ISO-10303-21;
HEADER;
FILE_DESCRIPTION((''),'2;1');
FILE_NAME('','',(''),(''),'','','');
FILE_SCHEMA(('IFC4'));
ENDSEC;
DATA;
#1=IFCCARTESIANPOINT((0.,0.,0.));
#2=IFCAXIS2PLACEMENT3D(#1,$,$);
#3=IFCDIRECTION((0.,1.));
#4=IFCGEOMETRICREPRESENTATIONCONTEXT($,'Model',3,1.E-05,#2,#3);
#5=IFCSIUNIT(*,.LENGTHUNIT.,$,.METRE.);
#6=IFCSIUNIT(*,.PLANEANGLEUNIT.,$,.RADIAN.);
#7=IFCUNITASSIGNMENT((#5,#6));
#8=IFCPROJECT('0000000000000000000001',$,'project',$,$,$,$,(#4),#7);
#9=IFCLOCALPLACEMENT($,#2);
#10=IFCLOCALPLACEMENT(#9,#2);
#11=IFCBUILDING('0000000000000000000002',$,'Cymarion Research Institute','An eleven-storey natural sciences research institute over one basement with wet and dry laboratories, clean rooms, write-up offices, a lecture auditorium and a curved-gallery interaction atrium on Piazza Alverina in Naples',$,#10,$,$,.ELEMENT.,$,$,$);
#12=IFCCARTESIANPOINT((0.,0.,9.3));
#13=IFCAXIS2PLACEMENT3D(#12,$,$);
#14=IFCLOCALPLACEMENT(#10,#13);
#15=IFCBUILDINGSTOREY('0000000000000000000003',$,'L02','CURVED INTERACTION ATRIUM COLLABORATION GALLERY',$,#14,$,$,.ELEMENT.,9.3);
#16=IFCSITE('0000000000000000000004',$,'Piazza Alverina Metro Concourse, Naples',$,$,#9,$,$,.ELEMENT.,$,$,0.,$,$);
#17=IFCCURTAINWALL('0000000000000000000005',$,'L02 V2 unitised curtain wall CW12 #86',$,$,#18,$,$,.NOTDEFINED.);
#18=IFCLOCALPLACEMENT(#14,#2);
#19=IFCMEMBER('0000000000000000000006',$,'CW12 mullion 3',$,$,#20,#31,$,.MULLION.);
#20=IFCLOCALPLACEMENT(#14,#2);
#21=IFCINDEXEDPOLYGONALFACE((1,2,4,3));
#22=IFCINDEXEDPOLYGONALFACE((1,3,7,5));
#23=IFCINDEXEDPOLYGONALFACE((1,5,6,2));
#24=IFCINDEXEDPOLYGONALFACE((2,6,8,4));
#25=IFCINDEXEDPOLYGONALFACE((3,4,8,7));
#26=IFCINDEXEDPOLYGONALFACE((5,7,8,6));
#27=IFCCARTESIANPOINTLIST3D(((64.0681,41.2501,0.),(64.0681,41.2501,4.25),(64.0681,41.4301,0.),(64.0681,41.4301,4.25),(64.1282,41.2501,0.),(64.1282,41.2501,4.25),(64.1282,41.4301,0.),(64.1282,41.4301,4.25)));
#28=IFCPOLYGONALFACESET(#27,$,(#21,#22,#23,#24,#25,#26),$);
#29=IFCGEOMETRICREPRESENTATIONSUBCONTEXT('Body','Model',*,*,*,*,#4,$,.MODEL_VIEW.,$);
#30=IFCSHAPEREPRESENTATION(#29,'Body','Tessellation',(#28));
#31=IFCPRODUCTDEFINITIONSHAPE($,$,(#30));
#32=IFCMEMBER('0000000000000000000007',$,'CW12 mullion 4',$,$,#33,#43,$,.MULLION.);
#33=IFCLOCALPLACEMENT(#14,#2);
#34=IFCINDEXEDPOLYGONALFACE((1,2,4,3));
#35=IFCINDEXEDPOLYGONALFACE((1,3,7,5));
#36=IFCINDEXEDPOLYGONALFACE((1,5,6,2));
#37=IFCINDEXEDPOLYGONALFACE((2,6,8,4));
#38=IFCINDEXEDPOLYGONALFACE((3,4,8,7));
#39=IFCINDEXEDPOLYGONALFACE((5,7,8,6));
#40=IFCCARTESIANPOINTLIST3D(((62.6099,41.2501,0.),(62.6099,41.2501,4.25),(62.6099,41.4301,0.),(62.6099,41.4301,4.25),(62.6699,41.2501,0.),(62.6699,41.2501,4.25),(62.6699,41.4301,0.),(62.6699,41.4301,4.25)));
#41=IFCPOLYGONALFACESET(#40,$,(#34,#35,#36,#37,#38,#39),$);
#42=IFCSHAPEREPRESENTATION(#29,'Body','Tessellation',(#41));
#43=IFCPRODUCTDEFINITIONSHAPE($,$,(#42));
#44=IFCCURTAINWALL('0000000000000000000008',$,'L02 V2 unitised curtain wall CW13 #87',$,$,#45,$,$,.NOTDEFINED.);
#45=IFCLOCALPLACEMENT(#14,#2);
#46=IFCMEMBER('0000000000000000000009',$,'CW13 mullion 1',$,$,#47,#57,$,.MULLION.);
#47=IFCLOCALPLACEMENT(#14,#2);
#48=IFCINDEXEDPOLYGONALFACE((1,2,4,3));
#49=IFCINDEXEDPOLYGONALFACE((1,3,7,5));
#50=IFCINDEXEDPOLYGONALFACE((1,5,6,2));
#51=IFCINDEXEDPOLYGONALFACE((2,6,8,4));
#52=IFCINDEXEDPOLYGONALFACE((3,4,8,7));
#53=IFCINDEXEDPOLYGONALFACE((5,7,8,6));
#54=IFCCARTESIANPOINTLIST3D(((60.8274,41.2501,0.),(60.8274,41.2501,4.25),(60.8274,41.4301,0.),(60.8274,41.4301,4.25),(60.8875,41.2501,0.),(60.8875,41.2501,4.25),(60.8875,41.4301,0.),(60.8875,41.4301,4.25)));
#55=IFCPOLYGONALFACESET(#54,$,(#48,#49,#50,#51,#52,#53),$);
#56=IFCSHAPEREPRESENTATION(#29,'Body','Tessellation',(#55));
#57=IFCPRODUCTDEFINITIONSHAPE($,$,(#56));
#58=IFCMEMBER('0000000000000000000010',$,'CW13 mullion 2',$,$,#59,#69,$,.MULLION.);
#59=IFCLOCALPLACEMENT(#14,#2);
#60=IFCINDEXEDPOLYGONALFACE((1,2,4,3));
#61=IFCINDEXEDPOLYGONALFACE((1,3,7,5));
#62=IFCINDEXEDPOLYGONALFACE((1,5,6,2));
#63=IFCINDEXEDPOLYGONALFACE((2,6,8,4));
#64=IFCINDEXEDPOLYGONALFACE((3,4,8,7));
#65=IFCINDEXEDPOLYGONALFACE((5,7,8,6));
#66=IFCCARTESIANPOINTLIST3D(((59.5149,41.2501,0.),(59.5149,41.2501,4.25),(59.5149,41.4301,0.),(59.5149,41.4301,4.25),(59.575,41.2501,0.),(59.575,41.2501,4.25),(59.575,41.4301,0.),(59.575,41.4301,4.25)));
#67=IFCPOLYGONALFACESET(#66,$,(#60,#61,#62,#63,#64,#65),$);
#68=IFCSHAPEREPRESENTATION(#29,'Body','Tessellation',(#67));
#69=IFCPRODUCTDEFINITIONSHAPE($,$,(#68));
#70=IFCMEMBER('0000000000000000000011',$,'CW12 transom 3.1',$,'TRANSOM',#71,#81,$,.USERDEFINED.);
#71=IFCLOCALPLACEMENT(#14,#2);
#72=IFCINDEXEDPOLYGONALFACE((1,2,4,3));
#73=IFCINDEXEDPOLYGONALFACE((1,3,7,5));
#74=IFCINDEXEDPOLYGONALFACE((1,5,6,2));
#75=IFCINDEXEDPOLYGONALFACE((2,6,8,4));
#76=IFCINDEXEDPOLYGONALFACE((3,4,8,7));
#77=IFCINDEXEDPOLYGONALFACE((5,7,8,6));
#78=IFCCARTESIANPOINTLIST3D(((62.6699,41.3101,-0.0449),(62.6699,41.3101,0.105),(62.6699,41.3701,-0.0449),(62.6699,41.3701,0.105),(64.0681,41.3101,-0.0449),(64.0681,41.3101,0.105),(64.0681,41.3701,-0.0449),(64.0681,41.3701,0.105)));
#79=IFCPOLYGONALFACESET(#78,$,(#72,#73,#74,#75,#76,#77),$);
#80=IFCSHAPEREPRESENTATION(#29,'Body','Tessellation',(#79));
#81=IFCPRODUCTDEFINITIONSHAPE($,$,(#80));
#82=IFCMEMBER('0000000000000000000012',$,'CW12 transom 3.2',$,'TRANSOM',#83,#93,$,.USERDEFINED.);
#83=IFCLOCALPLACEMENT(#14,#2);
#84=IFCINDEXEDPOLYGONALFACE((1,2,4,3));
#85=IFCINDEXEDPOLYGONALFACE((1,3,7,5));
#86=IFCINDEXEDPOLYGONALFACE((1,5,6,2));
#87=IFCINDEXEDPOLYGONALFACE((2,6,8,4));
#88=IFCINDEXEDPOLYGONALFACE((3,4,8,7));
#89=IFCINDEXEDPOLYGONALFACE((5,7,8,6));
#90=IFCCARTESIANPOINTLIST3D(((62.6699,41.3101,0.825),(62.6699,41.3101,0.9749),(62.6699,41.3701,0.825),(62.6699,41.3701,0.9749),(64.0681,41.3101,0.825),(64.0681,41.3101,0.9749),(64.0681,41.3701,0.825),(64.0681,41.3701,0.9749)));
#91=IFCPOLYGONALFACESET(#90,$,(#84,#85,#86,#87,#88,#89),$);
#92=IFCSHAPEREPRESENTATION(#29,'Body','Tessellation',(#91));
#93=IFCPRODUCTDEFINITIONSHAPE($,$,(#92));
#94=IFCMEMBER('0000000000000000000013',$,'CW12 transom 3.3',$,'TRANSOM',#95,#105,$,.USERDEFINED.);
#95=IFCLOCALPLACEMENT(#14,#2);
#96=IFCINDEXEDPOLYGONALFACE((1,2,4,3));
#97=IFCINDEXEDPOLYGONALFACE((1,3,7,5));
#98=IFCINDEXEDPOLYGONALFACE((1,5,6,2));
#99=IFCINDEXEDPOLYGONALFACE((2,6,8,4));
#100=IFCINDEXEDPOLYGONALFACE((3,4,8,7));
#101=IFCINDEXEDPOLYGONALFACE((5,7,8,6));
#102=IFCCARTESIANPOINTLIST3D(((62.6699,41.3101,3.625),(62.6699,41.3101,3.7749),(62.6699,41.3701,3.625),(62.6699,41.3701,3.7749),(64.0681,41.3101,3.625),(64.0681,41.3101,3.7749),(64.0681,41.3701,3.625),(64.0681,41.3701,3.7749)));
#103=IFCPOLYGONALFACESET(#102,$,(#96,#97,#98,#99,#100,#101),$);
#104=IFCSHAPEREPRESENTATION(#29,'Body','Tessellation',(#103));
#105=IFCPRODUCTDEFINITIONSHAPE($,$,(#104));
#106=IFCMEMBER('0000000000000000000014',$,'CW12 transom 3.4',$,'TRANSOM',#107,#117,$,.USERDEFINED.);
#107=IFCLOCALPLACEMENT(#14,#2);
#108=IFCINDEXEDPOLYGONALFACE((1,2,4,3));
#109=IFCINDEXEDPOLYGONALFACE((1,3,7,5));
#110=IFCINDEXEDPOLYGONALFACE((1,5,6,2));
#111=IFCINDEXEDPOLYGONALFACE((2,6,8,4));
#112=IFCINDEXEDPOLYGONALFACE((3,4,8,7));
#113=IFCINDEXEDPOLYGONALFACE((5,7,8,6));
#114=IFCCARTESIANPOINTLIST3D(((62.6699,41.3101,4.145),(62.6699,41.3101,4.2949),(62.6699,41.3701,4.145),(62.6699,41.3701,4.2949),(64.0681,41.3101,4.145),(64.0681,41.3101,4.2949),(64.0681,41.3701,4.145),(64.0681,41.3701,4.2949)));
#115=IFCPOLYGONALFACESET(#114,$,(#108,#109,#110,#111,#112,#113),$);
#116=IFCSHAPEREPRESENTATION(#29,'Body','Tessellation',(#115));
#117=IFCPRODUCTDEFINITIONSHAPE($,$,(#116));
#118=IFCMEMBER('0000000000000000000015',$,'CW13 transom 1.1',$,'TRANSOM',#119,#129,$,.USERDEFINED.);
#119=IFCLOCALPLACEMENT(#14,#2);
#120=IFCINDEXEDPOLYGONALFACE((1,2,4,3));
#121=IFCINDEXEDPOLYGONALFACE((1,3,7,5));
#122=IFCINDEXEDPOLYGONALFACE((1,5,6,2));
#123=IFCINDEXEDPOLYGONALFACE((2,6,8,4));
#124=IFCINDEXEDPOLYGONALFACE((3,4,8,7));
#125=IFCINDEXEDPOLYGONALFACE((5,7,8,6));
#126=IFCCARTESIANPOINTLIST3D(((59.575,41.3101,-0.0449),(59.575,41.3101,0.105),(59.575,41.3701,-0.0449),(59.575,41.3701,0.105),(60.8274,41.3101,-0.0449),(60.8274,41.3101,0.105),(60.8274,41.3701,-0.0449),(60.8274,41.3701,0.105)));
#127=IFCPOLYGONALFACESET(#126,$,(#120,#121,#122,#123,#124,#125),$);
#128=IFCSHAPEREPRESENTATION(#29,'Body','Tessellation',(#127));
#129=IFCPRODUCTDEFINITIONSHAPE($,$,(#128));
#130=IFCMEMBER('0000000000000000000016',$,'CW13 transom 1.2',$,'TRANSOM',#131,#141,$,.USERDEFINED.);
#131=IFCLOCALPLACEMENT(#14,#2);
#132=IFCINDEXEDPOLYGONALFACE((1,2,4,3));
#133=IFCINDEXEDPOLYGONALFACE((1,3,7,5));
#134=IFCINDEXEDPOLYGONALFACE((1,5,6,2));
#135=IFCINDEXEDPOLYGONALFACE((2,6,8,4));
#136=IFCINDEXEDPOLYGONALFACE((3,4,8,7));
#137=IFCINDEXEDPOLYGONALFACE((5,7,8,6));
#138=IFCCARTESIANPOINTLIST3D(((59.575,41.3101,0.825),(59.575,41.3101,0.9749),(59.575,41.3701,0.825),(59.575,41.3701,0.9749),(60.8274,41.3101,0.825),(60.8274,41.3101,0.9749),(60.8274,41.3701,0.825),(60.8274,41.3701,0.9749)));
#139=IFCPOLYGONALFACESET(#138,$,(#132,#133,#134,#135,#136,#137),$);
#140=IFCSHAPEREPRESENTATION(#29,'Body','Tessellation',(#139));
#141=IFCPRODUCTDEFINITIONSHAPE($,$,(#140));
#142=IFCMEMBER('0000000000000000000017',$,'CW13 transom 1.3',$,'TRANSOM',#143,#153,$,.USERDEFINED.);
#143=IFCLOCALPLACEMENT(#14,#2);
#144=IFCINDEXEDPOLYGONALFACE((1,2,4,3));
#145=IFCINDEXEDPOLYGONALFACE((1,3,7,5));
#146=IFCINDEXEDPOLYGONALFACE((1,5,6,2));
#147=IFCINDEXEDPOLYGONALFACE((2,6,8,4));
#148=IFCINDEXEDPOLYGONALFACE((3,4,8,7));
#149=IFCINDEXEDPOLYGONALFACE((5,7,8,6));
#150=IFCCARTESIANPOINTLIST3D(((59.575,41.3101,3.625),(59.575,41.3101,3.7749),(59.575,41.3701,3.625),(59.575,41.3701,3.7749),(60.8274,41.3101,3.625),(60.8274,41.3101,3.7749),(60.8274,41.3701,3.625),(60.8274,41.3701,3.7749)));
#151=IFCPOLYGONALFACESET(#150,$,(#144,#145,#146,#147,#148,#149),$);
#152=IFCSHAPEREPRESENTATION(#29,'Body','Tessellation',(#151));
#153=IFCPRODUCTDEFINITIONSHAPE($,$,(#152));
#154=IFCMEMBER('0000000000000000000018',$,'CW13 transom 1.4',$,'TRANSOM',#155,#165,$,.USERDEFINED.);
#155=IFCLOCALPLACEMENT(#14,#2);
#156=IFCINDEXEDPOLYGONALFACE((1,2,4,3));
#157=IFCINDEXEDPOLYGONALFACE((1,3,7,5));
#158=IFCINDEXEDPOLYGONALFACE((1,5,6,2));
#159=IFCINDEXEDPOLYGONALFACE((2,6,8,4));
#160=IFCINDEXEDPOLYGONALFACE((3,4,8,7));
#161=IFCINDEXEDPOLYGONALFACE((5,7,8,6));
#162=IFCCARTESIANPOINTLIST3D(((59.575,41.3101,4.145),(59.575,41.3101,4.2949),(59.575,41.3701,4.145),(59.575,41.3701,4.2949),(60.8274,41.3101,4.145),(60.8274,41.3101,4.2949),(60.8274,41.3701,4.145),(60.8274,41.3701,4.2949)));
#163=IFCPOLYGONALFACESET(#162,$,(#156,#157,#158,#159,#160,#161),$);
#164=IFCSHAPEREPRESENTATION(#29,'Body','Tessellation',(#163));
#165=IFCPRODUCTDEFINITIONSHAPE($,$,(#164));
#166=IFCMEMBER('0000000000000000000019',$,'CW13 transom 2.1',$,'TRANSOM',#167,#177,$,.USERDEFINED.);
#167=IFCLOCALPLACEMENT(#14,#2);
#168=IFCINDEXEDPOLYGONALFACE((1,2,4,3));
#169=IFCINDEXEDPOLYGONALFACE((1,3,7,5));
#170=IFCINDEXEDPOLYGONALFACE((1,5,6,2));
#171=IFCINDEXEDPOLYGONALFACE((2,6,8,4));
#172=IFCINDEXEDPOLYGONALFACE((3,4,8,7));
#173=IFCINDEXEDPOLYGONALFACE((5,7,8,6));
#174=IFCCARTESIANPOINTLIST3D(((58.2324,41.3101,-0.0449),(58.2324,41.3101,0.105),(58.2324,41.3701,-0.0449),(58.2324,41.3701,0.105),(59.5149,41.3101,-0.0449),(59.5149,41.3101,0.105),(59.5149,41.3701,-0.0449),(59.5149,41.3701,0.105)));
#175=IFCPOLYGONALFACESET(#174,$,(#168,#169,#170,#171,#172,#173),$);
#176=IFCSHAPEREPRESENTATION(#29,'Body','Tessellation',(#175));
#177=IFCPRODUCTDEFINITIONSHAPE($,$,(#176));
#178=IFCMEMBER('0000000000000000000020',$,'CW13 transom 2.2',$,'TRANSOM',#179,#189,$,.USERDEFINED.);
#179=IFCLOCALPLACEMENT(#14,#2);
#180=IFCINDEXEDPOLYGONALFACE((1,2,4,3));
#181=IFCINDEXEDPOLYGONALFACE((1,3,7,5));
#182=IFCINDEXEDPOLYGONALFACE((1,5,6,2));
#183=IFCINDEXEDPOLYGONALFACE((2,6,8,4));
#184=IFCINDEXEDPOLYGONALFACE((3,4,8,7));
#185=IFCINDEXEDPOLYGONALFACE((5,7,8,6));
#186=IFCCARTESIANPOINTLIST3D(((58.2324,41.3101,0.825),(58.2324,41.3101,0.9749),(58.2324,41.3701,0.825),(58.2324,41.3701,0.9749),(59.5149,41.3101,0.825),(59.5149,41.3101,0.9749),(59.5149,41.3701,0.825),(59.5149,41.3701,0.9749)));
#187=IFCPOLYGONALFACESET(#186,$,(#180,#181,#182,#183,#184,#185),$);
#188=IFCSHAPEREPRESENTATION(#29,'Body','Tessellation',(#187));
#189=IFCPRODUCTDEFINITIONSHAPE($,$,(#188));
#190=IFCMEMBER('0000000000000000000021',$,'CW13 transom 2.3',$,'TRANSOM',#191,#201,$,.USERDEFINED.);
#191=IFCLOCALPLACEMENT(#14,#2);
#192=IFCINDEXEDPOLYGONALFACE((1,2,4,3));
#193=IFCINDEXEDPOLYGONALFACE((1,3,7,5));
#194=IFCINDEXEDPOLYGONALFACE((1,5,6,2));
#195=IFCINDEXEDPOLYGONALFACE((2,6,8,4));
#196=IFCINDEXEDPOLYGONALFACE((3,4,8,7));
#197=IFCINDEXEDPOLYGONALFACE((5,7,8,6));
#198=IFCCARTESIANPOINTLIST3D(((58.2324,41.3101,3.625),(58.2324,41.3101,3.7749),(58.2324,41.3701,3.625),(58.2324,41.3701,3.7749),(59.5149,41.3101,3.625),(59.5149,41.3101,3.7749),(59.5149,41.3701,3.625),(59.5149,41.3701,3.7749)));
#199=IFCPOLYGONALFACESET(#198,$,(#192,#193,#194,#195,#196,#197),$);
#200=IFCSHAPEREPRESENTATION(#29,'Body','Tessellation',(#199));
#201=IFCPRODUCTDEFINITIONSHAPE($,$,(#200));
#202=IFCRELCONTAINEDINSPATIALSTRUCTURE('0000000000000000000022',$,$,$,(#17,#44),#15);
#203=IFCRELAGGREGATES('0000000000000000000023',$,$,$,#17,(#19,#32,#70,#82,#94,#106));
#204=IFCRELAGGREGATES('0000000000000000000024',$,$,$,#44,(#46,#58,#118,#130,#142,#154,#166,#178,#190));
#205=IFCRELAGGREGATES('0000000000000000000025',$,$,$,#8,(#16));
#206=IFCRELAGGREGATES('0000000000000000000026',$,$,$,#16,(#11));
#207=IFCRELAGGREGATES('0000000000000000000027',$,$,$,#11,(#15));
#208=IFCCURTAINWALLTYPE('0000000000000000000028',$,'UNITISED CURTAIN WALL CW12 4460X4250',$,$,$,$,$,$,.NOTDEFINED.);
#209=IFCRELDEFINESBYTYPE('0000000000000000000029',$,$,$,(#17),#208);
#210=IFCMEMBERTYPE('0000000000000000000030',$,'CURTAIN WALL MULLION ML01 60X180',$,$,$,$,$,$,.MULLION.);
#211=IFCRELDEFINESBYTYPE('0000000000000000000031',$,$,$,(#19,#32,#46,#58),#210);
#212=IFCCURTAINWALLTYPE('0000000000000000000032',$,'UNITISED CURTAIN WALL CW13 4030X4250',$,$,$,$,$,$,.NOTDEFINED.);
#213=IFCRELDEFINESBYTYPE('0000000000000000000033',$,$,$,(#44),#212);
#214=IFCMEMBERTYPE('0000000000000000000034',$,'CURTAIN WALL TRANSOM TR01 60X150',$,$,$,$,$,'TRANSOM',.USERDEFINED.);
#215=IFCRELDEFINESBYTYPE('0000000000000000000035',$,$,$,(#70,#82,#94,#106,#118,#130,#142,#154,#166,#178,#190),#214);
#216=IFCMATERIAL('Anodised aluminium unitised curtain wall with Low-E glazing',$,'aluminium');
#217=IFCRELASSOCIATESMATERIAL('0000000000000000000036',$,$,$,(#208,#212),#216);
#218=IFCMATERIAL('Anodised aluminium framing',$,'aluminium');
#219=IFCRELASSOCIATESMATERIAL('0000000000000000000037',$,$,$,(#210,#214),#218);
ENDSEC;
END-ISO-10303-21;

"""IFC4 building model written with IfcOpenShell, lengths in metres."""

from ifc_helpers import new_model, si_unit, direction, frame, origin, origin_2d, place, context, subcontext, project, spatial, rectangle, extrude, material, material_profile, profile_set, type_object, element, aggregate, save


model = new_model("IFC4")

# Units and contexts
model_context = context("Model", 3, precision=1e-05, world=origin(), true_north=direction((0.0, 1.0)))
body_context = subcontext(model_context, "Body", "Model", "MODEL_VIEW")
ifc_project = project(units=[si_unit("LENGTHUNIT", "METRE"), si_unit("PLANEANGLEUNIT", "RADIAN")], contexts=[model_context])

# Site, building, storey
site_placement = place(None, origin())
site = spatial("IfcSite", under=ifc_project, at=site_placement, Name="Piazza Alverina Metro Concourse, Naples", CompositionType="ELEMENT", RefElevation=0.0)
building_placement = place(site_placement, origin())
building = spatial("IfcBuilding", under=site, at=building_placement, Name="Cymarion Research Institute", Description="An eleven-storey natural sciences research institute over one basement with wet and dry laboratories, clean rooms, write-up offices, a lecture auditorium and a curved-gallery interaction atrium on Piazza Alverina in Naples", CompositionType="ELEMENT")
storey_placement = place(building_placement, frame((0.0, 0.0, 9.3)))
storey = spatial("IfcBuildingStorey", under=building, at=storey_placement, Name="L02", Description="CURVED INTERACTION ATRIUM COLLABORATION GALLERY", CompositionType="ELEMENT", Elevation=9.3)

# Curtain walls, members
ifc_material_1 = material(Name="Anodised aluminium unitised curtain wall with Low-E glazing", Category="aluminium")
curtain_wall_type_1 = type_object("IfcCurtainWallType", Name="UNITISED CURTAIN WALL CW12 4460X4250", PredefinedType="NOTDEFINED", material=ifc_material_1)
curtain_wall_1_placement = place(storey_placement, origin())
curtain_wall_1 = element("IfcCurtainWall", 1, at=curtain_wall_1_placement, inside=storey, type_object=curtain_wall_type_1, Name="L02 V2 unitised curtain wall CW12 #86", PredefinedType="NOTDEFINED")
ifc_material_2 = material(Name="Anodised aluminium framing", Category="aluminium")
ifc_material_profile_1 = material_profile(ifc_material_2, rectangle(XDim=0.0601, YDim=0.1799, at=origin_2d()), Name="ALU MULLION 60x180")
ifc_profile_set_1 = profile_set([ifc_material_profile_1], Name="Anodised aluminium framing")
member_type_1 = type_object("IfcMemberType", Name="CURTAIN WALL MULLION ML01 60X180", PredefinedType="MULLION", material=ifc_profile_set_1)
member_1_placement = place(storey_placement, frame((64.0981, 41.3401, 0.0), z_axis=(0.0, 0.0, 1.0), x_axis=(-1.0, 0.0, 0.0)))
member_1 = element("IfcMember", 2, at=member_1_placement, type_object=member_type_1, Name="CW12 mullion 3", PredefinedType="MULLION", context=body_context, shape_type="SweptSolid", body=[
    extrude(rectangle(XDim=0.0601, YDim=0.1799, at=origin_2d()), origin(), (0.0, 0.0, 1.0), 4.25),
])
member_2_placement = place(storey_placement, frame((62.6399, 41.3401, 0.0), z_axis=(0.0, 0.0, 1.0), x_axis=(-1.0, 0.0, 0.0)))
member_2 = element("IfcMember", 3, at=member_2_placement, type_object=member_type_1, Name="CW12 mullion 4", PredefinedType="MULLION", context=body_context, shape_type="SweptSolid", body=[
    extrude(rectangle(XDim=0.0601, YDim=0.1799, at=origin_2d()), origin(), (0.0, 0.0, 1.0), 4.25),
])
curtain_wall_type_2 = type_object("IfcCurtainWallType", Name="UNITISED CURTAIN WALL CW13 4030X4250", PredefinedType="NOTDEFINED", material=ifc_material_1)
curtain_wall_2_placement = place(storey_placement, origin())
curtain_wall_2 = element("IfcCurtainWall", 4, at=curtain_wall_2_placement, inside=storey, type_object=curtain_wall_type_2, Name="L02 V2 unitised curtain wall CW13 #87", PredefinedType="NOTDEFINED")
member_3_placement = place(storey_placement, frame((60.8574, 41.3401, 0.0), z_axis=(0.0, 0.0, 1.0), x_axis=(-1.0, 0.0, 0.0)))
member_3 = element("IfcMember", 5, at=member_3_placement, type_object=member_type_1, Name="CW13 mullion 1", PredefinedType="MULLION", context=body_context, shape_type="SweptSolid", body=[
    extrude(rectangle(XDim=0.0601, YDim=0.1799, at=origin_2d()), origin(), (0.0, 0.0, 1.0), 4.25),
])
member_4_placement = place(storey_placement, frame((59.5449, 41.3401, 0.0), z_axis=(0.0, 0.0, 1.0), x_axis=(-1.0, 0.0, 0.0)))
member_4 = element("IfcMember", 6, at=member_4_placement, type_object=member_type_1, Name="CW13 mullion 2", PredefinedType="MULLION", context=body_context, shape_type="SweptSolid", body=[
    extrude(rectangle(XDim=0.0601, YDim=0.1799, at=origin_2d()), origin(), (0.0, 0.0, 1.0), 4.25),
])

# Members
ifc_material_profile_2 = material_profile(ifc_material_2, rectangle(XDim=0.0601, YDim=0.1499, at=origin_2d()), Name="ALU TRANSOM 60x150")
ifc_profile_set_2 = profile_set([ifc_material_profile_2], Name="Anodised aluminium framing")
member_type_2 = type_object("IfcMemberType", Name="CURTAIN WALL TRANSOM TR01 60X150", ElementType="TRANSOM", PredefinedType="USERDEFINED", material=ifc_profile_set_2)
member_5_placement = place(storey_placement, frame((64.0681, 41.3401, 0.03), z_axis=(-1.0, 0.0, 0.0), x_axis=(0.0, -1.0, 0.0)))
member_5 = element("IfcMember", 7, at=member_5_placement, type_object=member_type_2, Name="CW12 transom 3.1", ObjectType="TRANSOM", PredefinedType="USERDEFINED", context=body_context, shape_type="SweptSolid", body=[
    extrude(rectangle(XDim=0.0601, YDim=0.1499, at=origin_2d()), origin(), (0.0, 0.0, 1.0), 1.3982),
])
member_6_placement = place(storey_placement, frame((64.0681, 41.3401, 0.8999), z_axis=(-1.0, 0.0, 0.0), x_axis=(0.0, -1.0, 0.0)))
member_6 = element("IfcMember", 8, at=member_6_placement, type_object=member_type_2, Name="CW12 transom 3.2", ObjectType="TRANSOM", PredefinedType="USERDEFINED", context=body_context, shape_type="SweptSolid", body=[
    extrude(rectangle(XDim=0.0601, YDim=0.1499, at=origin_2d()), origin(), (0.0, 0.0, 1.0), 1.3982),
])
member_7_placement = place(storey_placement, frame((64.0681, 41.3401, 3.7), z_axis=(-1.0, 0.0, 0.0), x_axis=(0.0, -1.0, 0.0)))
member_7 = element("IfcMember", 9, at=member_7_placement, type_object=member_type_2, Name="CW12 transom 3.3", ObjectType="TRANSOM", PredefinedType="USERDEFINED", context=body_context, shape_type="SweptSolid", body=[
    extrude(rectangle(XDim=0.0601, YDim=0.1499, at=origin_2d()), origin(), (0.0, 0.0, 1.0), 1.3982),
])
member_8_placement = place(storey_placement, frame((64.0681, 41.3401, 4.22), z_axis=(-1.0, 0.0, 0.0), x_axis=(0.0, -1.0, 0.0)))
member_8 = element("IfcMember", 10, at=member_8_placement, type_object=member_type_2, Name="CW12 transom 3.4", ObjectType="TRANSOM", PredefinedType="USERDEFINED", context=body_context, shape_type="SweptSolid", body=[
    extrude(rectangle(XDim=0.0601, YDim=0.1499, at=origin_2d()), origin(), (0.0, 0.0, 1.0), 1.3982),
])
member_9_placement = place(storey_placement, frame((60.8274, 41.3401, 0.03), z_axis=(-1.0, 0.0, 0.0), x_axis=(0.0, -1.0, 0.0)))
member_9 = element("IfcMember", 11, at=member_9_placement, type_object=member_type_2, Name="CW13 transom 1.1", ObjectType="TRANSOM", PredefinedType="USERDEFINED", context=body_context, shape_type="SweptSolid", body=[
    extrude(rectangle(XDim=0.0601, YDim=0.1499, at=origin_2d()), origin(), (0.0, 0.0, 1.0), 1.2524),
])
member_10_placement = place(storey_placement, frame((60.8274, 41.3401, 0.8999), z_axis=(-1.0, 0.0, 0.0), x_axis=(0.0, -1.0, 0.0)))
member_10 = element("IfcMember", 12, at=member_10_placement, type_object=member_type_2, Name="CW13 transom 1.2", ObjectType="TRANSOM", PredefinedType="USERDEFINED", context=body_context, shape_type="SweptSolid", body=[
    extrude(rectangle(XDim=0.0601, YDim=0.1499, at=origin_2d()), origin(), (0.0, 0.0, 1.0), 1.2524),
])
member_11_placement = place(storey_placement, frame((60.8274, 41.3401, 3.7), z_axis=(-1.0, 0.0, 0.0), x_axis=(0.0, -1.0, 0.0)))
member_11 = element("IfcMember", 13, at=member_11_placement, type_object=member_type_2, Name="CW13 transom 1.3", ObjectType="TRANSOM", PredefinedType="USERDEFINED", context=body_context, shape_type="SweptSolid", body=[
    extrude(rectangle(XDim=0.0601, YDim=0.1499, at=origin_2d()), origin(), (0.0, 0.0, 1.0), 1.2524),
])
member_12_placement = place(storey_placement, frame((60.8274, 41.3401, 4.22), z_axis=(-1.0, 0.0, 0.0), x_axis=(0.0, -1.0, 0.0)))
member_12 = element("IfcMember", 14, at=member_12_placement, type_object=member_type_2, Name="CW13 transom 1.4", ObjectType="TRANSOM", PredefinedType="USERDEFINED", context=body_context, shape_type="SweptSolid", body=[
    extrude(rectangle(XDim=0.0601, YDim=0.1499, at=origin_2d()), origin(), (0.0, 0.0, 1.0), 1.2524),
])
member_13_placement = place(storey_placement, frame((59.5149, 41.3401, 0.03), z_axis=(-1.0, 0.0, 0.0), x_axis=(0.0, -1.0, 0.0)))
member_13 = element("IfcMember", 15, at=member_13_placement, type_object=member_type_2, Name="CW13 transom 2.1", ObjectType="TRANSOM", PredefinedType="USERDEFINED", context=body_context, shape_type="SweptSolid", body=[
    extrude(rectangle(XDim=0.0601, YDim=0.1499, at=origin_2d()), origin(), (0.0, 0.0, 1.0), 1.2825),
])
member_14_placement = place(storey_placement, frame((59.5149, 41.3401, 0.8999), z_axis=(-1.0, 0.0, 0.0), x_axis=(0.0, -1.0, 0.0)))
member_14 = element("IfcMember", 16, at=member_14_placement, type_object=member_type_2, Name="CW13 transom 2.2", ObjectType="TRANSOM", PredefinedType="USERDEFINED", context=body_context, shape_type="SweptSolid", body=[
    extrude(rectangle(XDim=0.0601, YDim=0.1499, at=origin_2d()), origin(), (0.0, 0.0, 1.0), 1.2825),
])
member_15_placement = place(storey_placement, frame((59.5149, 41.3401, 3.7), z_axis=(-1.0, 0.0, 0.0), x_axis=(0.0, -1.0, 0.0)))
member_15 = element("IfcMember", 17, at=member_15_placement, type_object=member_type_2, Name="CW13 transom 2.3", ObjectType="TRANSOM", PredefinedType="USERDEFINED", context=body_context, shape_type="SweptSolid", body=[
    extrude(rectangle(XDim=0.0601, YDim=0.1499, at=origin_2d()), origin(), (0.0, 0.0, 1.0), 1.2825),
])

aggregate(curtain_wall_1, [member_1, member_2, member_5, member_6, member_7, member_8])
aggregate(curtain_wall_2, [member_3, member_4, member_9, member_10, member_11, member_12, member_13, member_14, member_15])

save(model, "model.ifc")
